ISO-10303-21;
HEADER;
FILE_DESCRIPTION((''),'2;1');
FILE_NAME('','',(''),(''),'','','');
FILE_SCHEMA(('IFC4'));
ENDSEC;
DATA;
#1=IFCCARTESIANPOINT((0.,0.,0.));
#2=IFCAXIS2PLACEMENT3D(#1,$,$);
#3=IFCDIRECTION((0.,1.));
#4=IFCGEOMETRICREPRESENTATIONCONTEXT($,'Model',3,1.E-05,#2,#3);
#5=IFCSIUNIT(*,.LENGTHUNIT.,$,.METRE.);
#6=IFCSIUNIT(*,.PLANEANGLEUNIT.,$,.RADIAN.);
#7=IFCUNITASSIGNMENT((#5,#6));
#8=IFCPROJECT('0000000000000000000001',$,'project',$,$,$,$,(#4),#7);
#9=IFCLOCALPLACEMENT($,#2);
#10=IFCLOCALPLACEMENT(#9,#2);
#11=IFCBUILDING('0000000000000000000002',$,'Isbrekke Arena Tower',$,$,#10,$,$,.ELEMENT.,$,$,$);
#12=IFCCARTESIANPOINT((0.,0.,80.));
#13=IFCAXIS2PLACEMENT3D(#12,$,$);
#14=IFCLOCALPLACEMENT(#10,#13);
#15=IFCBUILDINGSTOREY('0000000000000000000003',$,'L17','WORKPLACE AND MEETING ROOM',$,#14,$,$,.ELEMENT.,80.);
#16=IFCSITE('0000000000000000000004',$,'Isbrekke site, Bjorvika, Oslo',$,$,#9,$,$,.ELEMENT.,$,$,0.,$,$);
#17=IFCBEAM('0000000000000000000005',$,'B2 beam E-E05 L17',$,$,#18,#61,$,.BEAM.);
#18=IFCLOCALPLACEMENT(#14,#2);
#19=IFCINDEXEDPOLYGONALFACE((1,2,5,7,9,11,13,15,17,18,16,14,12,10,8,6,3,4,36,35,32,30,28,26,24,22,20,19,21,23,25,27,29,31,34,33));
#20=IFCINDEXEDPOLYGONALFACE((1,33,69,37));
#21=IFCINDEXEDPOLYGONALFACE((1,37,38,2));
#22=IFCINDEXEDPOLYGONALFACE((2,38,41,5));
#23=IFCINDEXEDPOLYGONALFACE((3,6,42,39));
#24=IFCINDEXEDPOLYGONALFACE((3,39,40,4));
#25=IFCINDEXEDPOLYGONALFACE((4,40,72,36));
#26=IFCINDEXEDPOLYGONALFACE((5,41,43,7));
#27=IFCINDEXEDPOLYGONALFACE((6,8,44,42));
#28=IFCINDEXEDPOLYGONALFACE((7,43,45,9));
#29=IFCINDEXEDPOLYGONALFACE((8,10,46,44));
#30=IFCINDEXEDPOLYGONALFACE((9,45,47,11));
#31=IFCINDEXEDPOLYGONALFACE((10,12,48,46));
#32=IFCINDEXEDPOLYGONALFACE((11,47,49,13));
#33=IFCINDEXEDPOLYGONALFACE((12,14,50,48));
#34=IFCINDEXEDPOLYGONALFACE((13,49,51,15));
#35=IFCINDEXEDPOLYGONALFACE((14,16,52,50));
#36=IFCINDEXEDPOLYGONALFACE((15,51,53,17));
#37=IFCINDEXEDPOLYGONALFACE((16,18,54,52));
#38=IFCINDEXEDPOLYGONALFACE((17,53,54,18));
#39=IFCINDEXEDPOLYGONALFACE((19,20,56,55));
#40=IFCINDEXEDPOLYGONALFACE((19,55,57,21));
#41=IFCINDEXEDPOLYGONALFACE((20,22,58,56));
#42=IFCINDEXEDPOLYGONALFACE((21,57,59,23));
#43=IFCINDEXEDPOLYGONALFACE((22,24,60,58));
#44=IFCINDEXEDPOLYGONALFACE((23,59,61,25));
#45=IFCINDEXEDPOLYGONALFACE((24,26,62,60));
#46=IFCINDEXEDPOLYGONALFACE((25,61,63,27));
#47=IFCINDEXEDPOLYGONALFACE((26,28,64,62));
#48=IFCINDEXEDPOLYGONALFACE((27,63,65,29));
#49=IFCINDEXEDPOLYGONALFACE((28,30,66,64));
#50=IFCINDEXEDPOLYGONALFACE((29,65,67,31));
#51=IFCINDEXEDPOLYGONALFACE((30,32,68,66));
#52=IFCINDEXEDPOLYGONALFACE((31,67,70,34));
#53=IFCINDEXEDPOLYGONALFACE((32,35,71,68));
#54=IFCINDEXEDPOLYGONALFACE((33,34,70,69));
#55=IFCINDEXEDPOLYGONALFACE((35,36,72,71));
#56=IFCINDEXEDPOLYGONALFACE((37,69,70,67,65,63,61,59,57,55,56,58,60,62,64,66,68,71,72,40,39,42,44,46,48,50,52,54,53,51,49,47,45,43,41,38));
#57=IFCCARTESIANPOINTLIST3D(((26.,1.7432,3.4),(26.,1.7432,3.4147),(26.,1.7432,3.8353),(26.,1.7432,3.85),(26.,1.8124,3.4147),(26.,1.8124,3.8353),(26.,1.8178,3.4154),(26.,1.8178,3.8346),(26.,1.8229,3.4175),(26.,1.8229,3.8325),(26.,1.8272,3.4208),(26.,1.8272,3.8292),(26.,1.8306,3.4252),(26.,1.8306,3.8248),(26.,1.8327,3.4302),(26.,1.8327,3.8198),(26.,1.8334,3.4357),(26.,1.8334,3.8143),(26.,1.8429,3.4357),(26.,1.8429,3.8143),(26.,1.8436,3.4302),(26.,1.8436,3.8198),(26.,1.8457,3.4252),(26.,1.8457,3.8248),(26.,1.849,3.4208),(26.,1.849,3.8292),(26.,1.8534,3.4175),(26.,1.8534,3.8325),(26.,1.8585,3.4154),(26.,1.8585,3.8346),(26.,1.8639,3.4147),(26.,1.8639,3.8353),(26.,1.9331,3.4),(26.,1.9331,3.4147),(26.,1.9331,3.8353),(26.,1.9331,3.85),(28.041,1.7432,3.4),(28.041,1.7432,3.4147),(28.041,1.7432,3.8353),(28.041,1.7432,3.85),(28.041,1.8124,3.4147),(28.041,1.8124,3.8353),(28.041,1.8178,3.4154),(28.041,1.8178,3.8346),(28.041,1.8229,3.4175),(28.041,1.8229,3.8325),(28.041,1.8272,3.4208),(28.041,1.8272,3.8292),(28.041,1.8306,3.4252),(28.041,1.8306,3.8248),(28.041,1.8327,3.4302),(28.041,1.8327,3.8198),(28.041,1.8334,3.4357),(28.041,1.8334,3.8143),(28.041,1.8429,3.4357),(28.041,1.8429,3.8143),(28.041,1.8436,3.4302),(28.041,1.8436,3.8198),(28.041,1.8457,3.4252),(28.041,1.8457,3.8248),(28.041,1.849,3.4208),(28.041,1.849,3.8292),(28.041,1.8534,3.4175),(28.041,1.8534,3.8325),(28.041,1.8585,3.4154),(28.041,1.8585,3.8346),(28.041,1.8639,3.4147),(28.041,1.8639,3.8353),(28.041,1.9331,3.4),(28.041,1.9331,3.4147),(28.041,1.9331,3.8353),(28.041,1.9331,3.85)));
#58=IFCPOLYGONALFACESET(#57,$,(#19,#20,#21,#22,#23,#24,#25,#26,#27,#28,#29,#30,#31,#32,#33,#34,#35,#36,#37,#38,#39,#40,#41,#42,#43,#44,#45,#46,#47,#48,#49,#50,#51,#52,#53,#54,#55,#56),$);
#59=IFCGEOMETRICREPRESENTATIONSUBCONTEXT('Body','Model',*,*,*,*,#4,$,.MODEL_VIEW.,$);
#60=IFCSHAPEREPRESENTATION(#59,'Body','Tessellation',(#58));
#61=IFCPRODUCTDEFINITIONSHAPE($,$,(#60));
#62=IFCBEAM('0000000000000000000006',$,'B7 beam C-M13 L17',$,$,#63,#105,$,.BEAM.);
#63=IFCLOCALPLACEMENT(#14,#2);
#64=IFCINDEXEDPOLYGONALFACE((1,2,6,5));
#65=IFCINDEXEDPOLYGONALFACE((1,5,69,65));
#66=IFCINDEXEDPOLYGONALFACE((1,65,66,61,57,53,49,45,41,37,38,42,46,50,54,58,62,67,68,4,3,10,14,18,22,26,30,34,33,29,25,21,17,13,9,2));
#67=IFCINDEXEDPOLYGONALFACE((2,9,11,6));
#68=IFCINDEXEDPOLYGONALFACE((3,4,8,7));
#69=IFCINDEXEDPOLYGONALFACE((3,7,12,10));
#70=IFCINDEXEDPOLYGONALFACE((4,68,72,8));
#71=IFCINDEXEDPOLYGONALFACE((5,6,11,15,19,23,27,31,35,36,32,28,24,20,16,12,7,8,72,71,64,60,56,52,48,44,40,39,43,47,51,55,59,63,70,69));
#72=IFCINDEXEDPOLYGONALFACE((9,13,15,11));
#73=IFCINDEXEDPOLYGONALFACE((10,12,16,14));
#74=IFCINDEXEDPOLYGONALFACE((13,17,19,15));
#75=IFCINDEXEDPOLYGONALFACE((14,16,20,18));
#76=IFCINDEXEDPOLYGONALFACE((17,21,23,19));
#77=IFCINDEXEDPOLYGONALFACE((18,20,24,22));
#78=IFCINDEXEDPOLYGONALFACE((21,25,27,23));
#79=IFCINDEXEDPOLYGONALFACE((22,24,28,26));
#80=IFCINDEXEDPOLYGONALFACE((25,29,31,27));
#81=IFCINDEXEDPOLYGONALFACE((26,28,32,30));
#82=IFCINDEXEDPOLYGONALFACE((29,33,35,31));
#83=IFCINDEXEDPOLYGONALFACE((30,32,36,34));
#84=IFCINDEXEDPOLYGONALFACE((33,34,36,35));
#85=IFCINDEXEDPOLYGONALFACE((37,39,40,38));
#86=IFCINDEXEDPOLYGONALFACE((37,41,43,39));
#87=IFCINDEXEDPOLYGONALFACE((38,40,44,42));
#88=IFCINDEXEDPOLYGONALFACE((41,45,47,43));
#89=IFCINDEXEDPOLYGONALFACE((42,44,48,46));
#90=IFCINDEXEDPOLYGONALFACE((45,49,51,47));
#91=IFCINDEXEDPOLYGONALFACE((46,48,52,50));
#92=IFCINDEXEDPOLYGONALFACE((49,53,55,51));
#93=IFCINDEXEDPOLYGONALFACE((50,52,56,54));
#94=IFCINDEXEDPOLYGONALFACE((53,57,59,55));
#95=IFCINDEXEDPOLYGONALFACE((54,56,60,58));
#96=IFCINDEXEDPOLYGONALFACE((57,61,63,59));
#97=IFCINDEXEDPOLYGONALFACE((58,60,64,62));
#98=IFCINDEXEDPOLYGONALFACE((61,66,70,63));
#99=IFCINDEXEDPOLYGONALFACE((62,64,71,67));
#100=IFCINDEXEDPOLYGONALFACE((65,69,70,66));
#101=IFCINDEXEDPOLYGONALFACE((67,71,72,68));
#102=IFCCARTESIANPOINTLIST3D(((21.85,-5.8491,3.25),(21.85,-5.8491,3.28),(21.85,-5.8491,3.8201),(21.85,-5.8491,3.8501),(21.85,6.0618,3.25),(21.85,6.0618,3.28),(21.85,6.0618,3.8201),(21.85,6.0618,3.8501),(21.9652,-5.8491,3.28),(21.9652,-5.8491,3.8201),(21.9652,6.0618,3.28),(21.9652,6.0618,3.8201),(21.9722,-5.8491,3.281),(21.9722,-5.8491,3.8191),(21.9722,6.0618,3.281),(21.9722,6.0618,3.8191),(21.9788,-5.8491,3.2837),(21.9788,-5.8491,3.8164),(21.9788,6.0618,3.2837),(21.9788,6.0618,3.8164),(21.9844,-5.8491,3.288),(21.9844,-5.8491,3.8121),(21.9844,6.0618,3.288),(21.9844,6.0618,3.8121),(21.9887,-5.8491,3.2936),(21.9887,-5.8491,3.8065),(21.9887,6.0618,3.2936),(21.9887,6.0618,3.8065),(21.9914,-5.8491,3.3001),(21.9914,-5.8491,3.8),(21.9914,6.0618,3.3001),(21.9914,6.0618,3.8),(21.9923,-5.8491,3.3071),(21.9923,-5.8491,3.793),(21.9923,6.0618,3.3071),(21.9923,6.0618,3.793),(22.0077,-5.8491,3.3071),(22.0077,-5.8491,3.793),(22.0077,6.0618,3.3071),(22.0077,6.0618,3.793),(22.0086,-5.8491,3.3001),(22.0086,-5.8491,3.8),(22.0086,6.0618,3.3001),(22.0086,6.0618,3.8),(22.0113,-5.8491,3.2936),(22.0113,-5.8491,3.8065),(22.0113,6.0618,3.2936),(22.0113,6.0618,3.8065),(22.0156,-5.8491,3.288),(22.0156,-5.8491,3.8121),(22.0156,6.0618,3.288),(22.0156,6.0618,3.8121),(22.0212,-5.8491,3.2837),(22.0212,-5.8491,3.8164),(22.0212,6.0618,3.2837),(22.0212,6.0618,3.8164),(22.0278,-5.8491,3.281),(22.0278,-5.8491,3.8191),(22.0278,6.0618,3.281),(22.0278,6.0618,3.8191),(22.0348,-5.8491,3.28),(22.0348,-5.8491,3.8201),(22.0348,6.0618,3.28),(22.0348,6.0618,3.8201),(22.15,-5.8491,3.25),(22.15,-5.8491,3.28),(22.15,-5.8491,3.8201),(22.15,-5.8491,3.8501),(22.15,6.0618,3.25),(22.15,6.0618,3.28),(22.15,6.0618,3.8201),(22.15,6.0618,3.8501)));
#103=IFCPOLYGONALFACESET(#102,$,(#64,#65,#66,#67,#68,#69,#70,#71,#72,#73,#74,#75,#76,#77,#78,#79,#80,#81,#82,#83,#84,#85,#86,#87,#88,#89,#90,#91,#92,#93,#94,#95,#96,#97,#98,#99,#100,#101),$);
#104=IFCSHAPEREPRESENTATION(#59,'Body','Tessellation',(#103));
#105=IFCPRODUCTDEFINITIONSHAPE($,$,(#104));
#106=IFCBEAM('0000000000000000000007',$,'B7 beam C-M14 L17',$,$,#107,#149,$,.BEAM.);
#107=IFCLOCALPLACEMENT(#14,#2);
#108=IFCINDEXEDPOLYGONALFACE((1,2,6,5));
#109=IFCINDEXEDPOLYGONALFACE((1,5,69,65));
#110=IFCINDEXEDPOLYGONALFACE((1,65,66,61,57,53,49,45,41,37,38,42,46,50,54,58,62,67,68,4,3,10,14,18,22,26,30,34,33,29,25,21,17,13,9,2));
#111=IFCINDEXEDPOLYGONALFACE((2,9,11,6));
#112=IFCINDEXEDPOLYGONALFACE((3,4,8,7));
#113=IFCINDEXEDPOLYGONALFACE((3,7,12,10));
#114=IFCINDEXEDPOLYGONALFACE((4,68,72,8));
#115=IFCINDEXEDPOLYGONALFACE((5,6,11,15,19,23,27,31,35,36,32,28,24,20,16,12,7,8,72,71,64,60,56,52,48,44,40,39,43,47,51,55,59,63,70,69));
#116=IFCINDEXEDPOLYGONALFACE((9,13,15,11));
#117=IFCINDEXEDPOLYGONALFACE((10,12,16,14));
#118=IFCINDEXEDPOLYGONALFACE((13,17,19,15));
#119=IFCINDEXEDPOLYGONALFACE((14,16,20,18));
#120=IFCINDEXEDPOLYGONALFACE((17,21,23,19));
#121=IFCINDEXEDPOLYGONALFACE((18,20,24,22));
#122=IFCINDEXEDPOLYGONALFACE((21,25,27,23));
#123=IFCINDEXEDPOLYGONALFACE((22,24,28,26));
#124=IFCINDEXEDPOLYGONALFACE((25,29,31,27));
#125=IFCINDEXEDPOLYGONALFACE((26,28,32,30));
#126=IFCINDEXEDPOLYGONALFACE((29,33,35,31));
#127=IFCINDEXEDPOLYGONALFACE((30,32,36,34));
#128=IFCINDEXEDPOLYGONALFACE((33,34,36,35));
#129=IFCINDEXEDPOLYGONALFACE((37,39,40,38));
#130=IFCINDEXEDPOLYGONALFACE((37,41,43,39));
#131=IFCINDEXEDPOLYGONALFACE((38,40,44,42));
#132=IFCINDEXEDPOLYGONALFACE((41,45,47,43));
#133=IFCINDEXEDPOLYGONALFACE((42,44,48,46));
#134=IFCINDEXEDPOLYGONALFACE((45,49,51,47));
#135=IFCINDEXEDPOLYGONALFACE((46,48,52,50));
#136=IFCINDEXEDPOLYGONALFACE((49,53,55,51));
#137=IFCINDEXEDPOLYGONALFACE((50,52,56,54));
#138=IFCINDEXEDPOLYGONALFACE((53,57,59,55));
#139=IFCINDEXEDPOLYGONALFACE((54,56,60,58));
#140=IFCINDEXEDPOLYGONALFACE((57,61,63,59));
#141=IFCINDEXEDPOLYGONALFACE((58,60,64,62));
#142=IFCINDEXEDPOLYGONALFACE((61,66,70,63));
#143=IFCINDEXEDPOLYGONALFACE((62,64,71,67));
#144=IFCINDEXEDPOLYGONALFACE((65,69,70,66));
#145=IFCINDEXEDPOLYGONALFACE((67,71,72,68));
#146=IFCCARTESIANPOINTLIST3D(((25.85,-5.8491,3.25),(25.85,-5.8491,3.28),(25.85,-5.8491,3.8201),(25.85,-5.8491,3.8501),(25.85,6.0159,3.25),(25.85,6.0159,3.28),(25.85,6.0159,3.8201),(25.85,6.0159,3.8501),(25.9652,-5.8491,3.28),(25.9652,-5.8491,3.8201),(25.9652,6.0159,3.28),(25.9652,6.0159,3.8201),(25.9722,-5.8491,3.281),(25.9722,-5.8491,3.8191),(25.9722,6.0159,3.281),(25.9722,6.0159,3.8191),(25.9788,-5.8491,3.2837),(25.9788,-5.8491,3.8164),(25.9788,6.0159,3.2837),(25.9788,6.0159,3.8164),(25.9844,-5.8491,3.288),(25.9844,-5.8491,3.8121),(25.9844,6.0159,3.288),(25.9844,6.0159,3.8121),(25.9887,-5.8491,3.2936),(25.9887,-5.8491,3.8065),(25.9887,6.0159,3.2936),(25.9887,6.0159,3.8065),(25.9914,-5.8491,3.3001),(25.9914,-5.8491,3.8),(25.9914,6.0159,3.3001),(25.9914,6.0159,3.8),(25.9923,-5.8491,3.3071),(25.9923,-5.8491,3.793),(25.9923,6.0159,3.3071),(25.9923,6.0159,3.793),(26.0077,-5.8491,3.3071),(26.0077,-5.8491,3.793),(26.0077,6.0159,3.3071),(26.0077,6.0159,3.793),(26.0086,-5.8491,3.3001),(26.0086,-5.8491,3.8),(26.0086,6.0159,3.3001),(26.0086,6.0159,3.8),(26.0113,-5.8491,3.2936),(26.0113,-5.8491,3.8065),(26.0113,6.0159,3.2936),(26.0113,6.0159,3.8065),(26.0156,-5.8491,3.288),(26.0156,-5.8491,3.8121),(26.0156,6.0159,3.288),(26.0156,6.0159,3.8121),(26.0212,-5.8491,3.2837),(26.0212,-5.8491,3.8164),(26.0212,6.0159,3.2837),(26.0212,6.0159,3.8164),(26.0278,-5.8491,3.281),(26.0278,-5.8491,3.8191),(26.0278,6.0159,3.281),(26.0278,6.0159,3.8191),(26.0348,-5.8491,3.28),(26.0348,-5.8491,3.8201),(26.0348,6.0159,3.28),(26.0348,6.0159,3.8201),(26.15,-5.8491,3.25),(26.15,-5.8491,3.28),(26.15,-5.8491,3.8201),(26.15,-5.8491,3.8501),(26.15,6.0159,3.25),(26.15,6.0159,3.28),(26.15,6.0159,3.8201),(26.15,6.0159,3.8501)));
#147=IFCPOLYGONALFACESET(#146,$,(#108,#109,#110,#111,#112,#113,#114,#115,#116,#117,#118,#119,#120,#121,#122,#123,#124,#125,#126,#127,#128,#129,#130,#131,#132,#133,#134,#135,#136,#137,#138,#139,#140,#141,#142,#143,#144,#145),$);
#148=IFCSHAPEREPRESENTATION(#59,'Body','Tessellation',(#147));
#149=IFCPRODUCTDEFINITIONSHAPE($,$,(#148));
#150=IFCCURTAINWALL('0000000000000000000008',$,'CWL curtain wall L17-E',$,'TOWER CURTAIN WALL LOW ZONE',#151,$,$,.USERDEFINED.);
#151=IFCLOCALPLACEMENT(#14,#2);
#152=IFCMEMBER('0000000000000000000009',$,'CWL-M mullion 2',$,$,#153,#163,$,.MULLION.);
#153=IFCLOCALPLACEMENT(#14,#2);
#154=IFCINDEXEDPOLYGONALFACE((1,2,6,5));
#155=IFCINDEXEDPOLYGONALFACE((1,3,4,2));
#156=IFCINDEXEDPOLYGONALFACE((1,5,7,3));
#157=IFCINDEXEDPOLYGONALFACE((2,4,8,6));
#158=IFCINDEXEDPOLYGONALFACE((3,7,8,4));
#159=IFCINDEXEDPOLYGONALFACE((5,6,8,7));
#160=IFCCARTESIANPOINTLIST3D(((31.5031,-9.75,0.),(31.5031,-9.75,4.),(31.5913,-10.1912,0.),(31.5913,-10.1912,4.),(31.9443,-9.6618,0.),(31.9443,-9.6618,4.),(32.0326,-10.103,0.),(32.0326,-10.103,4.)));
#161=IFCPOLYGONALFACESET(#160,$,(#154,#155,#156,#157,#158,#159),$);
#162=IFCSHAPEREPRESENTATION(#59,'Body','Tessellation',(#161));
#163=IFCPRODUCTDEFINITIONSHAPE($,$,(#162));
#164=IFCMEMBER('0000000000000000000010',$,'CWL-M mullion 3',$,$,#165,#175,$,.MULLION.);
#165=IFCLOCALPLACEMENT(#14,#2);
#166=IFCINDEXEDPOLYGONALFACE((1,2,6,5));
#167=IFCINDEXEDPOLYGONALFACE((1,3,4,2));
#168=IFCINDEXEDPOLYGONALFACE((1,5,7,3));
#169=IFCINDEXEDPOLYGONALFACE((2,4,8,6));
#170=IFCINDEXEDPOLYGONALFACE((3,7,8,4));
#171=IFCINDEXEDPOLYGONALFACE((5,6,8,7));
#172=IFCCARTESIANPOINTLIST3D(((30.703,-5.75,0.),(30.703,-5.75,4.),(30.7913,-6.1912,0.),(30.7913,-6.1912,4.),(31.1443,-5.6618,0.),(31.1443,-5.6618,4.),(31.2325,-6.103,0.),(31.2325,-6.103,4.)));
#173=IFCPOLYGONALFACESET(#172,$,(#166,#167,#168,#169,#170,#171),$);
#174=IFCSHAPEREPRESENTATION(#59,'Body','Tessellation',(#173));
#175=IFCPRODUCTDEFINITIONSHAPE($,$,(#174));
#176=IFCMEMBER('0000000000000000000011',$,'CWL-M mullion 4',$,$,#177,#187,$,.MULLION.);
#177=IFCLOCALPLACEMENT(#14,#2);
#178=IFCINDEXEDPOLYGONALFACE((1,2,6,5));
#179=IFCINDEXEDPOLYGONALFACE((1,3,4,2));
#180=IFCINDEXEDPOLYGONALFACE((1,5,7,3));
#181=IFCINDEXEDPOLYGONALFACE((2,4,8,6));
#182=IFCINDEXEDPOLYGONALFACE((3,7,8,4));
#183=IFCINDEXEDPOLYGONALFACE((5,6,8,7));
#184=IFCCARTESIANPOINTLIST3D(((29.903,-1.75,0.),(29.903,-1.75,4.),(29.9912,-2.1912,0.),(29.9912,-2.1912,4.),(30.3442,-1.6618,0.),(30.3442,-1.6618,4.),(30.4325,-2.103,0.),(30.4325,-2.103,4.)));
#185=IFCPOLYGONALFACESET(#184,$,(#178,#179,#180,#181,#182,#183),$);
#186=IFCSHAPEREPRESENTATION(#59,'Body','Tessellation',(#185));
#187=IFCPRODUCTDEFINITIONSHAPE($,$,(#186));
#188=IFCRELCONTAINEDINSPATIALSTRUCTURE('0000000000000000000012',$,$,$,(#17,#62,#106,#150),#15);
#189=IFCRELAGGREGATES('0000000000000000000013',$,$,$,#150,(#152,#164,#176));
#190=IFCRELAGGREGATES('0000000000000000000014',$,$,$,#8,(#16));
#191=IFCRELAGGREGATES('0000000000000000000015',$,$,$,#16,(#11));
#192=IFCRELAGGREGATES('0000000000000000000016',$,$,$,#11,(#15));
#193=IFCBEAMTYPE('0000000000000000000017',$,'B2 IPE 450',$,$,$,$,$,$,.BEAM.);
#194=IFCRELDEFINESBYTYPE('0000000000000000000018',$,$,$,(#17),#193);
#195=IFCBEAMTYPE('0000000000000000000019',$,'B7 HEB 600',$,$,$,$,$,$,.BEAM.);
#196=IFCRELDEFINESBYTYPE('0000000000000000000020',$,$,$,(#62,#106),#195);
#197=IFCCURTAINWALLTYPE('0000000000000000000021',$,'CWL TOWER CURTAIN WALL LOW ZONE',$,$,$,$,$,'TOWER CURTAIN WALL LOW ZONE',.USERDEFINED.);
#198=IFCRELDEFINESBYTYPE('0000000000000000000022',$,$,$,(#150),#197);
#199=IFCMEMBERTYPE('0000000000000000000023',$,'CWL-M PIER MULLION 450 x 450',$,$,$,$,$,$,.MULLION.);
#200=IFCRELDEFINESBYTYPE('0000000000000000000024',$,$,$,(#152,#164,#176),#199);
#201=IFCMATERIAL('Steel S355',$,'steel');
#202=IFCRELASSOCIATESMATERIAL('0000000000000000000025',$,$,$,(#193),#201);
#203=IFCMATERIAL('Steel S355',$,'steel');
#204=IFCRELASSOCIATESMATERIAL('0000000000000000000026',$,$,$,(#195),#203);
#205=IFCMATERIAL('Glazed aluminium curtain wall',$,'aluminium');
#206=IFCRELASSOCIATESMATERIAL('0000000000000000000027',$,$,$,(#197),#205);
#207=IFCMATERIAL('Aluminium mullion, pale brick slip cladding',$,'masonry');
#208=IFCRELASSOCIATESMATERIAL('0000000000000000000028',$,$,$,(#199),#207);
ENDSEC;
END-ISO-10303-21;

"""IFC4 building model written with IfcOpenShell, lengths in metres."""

from ifc_helpers import new_model, si_unit, direction, frame, origin, origin_2d, place, context, subcontext, project, spatial, rectangle, i_section, extrude, material, material_profile, profile_set, type_object, element, aggregate, save


model = new_model("IFC4")

# Units and contexts
model_context = context("Model", 3, precision=1e-05, world=origin(), true_north=direction((0.0, 1.0)))
body_context = subcontext(model_context, "Body", "Model", "MODEL_VIEW")
ifc_project = project(units=[si_unit("LENGTHUNIT", "METRE"), si_unit("PLANEANGLEUNIT", "RADIAN")], contexts=[model_context])

# Site, building, storey
site_placement = place(None, origin())
site = spatial("IfcSite", under=ifc_project, at=site_placement, Name="Isbrekke site, Bjorvika, Oslo", CompositionType="ELEMENT", RefElevation=0.0)
building_placement = place(site_placement, origin())
building = spatial("IfcBuilding", under=site, at=building_placement, Name="Isbrekke Arena Tower", CompositionType="ELEMENT")
storey_placement = place(building_placement, frame((0.0, 0.0, 80.0)))
storey = spatial("IfcBuildingStorey", under=building, at=storey_placement, Name="L17", Description="WORKPLACE AND MEETING ROOM", CompositionType="ELEMENT", Elevation=80.0)

# Beams
ifc_material_1 = material(Name="Steel S355", Category="steel")
ifc_material_profile_1 = material_profile(ifc_material_1, i_section(OverallWidth=0.1899, OverallDepth=0.45, WebThickness=0.0095, FlangeThickness=0.0146, FilletRadius=0.021, at=origin_2d()), Name="IPE 450")
ifc_profile_set_1 = profile_set([ifc_material_profile_1], Name="Steel S355")
beam_type_1 = type_object("IfcBeamType", Name="B2 IPE 450", PredefinedType="BEAM", material=ifc_profile_set_1)
beam_1_placement = place(storey_placement, frame((28.041, 1.8381, 3.625), z_axis=(-1.0, 0.0, 0.0), x_axis=(0.0, -1.0, 0.0)))
element("IfcBeam", 1, at=beam_1_placement, inside=storey, type_object=beam_type_1, Name="B2 beam E-E05 L17", PredefinedType="BEAM", context=body_context, shape_type="SweptSolid", body=[
    extrude(i_section(OverallWidth=0.1899, OverallDepth=0.45, WebThickness=0.0095, FlangeThickness=0.0146, FilletRadius=0.021, at=origin_2d()), origin(), (0.0, 0.0, 1.0), 2.041),
])
ifc_material_2 = material(Name="Steel S355", Category="steel")
ifc_material_profile_2 = material_profile(ifc_material_2, i_section(OverallWidth=0.3, OverallDepth=0.6001, WebThickness=0.0154, FlangeThickness=0.03, FilletRadius=0.0271, at=origin_2d()), Name="HEB 600")
ifc_profile_set_2 = profile_set([ifc_material_profile_2], Name="Steel S355")
beam_type_2 = type_object("IfcBeamType", Name="B7 HEB 600", PredefinedType="BEAM", material=ifc_profile_set_2)
beam_2_placement = place(storey_placement, frame((22.0, -5.8491, 3.55), z_axis=(0.0, 1.0, 0.0), x_axis=(-1.0, 0.0, 0.0)))
element("IfcBeam", 2, at=beam_2_placement, inside=storey, type_object=beam_type_2, Name="B7 beam C-M13 L17", PredefinedType="BEAM", context=body_context, shape_type="SweptSolid", body=[
    extrude(i_section(OverallWidth=0.3, OverallDepth=0.6001, WebThickness=0.0154, FlangeThickness=0.03, FilletRadius=0.0271, at=origin_2d()), origin(), (0.0, 0.0, 1.0), 11.9109),
])
beam_3_placement = place(storey_placement, frame((26.0, -5.8491, 3.55), z_axis=(0.0, 1.0, 0.0), x_axis=(-1.0, 0.0, 0.0)))
element("IfcBeam", 3, at=beam_3_placement, inside=storey, type_object=beam_type_2, Name="B7 beam C-M14 L17", PredefinedType="BEAM", context=body_context, shape_type="SweptSolid", body=[
    extrude(i_section(OverallWidth=0.3, OverallDepth=0.6001, WebThickness=0.0154, FlangeThickness=0.03, FilletRadius=0.0271, at=origin_2d()), origin(), (0.0, 0.0, 1.0), 11.865),
])

# Curtain wall, members
ifc_material_3 = material(Name="Glazed aluminium curtain wall", Category="aluminium")
curtain_wall_type = type_object("IfcCurtainWallType", Name="CWL TOWER CURTAIN WALL LOW ZONE", ElementType="TOWER CURTAIN WALL LOW ZONE", PredefinedType="USERDEFINED", material=ifc_material_3)
curtain_wall_placement = place(storey_placement, origin())
curtain_wall = element("IfcCurtainWall", 4, at=curtain_wall_placement, inside=storey, type_object=curtain_wall_type, Name="CWL curtain wall L17-E", ObjectType="TOWER CURTAIN WALL LOW ZONE", PredefinedType="USERDEFINED")
ifc_material_4 = material(Name="Aluminium mullion, pale brick slip cladding", Category="masonry")
ifc_material_profile_3 = material_profile(ifc_material_4, rectangle(XDim=0.45, YDim=0.45, at=origin_2d()), Name="PIER 450X450")
ifc_profile_set_3 = profile_set([ifc_material_profile_3], Name="Aluminium mullion, pale brick slip cladding")
member_type_1 = type_object("IfcMemberType", Name="CWL-M PIER MULLION 450 x 450", PredefinedType="MULLION", material=ifc_profile_set_3)
member_1_placement = place(storey_placement, frame((31.7678, -9.9265, 0.0), z_axis=(0.0, 0.0, 1.0), x_axis=(-0.196116, 0.980581, 0.0)))
member_1 = element("IfcMember", 5, at=member_1_placement, type_object=member_type_1, Name="CWL-M mullion 2", PredefinedType="MULLION", context=body_context, shape_type="SweptSolid", body=[
    extrude(rectangle(XDim=0.45, YDim=0.45, at=origin_2d()), origin(), (0.0, 0.0, 1.0), 4.0),
])
member_2_placement = place(storey_placement, frame((30.9678, -5.9265, 0.0), z_axis=(0.0, 0.0, 1.0), x_axis=(-0.196116, 0.980581, 0.0)))
member_2 = element("IfcMember", 6, at=member_2_placement, type_object=member_type_1, Name="CWL-M mullion 3", PredefinedType="MULLION", context=body_context, shape_type="SweptSolid", body=[
    extrude(rectangle(XDim=0.45, YDim=0.45, at=origin_2d()), origin(), (0.0, 0.0, 1.0), 4.0),
])
member_3_placement = place(storey_placement, frame((30.1677, -1.9265, 0.0), z_axis=(0.0, 0.0, 1.0), x_axis=(-0.196116, 0.980581, 0.0)))
member_3 = element("IfcMember", 7, at=member_3_placement, type_object=member_type_1, Name="CWL-M mullion 4", PredefinedType="MULLION", context=body_context, shape_type="SweptSolid", body=[
    extrude(rectangle(XDim=0.45, YDim=0.45, at=origin_2d()), origin(), (0.0, 0.0, 1.0), 4.0),
])

aggregate(curtain_wall, [member_1, member_2, member_3])

save(model, "model.ifc")
